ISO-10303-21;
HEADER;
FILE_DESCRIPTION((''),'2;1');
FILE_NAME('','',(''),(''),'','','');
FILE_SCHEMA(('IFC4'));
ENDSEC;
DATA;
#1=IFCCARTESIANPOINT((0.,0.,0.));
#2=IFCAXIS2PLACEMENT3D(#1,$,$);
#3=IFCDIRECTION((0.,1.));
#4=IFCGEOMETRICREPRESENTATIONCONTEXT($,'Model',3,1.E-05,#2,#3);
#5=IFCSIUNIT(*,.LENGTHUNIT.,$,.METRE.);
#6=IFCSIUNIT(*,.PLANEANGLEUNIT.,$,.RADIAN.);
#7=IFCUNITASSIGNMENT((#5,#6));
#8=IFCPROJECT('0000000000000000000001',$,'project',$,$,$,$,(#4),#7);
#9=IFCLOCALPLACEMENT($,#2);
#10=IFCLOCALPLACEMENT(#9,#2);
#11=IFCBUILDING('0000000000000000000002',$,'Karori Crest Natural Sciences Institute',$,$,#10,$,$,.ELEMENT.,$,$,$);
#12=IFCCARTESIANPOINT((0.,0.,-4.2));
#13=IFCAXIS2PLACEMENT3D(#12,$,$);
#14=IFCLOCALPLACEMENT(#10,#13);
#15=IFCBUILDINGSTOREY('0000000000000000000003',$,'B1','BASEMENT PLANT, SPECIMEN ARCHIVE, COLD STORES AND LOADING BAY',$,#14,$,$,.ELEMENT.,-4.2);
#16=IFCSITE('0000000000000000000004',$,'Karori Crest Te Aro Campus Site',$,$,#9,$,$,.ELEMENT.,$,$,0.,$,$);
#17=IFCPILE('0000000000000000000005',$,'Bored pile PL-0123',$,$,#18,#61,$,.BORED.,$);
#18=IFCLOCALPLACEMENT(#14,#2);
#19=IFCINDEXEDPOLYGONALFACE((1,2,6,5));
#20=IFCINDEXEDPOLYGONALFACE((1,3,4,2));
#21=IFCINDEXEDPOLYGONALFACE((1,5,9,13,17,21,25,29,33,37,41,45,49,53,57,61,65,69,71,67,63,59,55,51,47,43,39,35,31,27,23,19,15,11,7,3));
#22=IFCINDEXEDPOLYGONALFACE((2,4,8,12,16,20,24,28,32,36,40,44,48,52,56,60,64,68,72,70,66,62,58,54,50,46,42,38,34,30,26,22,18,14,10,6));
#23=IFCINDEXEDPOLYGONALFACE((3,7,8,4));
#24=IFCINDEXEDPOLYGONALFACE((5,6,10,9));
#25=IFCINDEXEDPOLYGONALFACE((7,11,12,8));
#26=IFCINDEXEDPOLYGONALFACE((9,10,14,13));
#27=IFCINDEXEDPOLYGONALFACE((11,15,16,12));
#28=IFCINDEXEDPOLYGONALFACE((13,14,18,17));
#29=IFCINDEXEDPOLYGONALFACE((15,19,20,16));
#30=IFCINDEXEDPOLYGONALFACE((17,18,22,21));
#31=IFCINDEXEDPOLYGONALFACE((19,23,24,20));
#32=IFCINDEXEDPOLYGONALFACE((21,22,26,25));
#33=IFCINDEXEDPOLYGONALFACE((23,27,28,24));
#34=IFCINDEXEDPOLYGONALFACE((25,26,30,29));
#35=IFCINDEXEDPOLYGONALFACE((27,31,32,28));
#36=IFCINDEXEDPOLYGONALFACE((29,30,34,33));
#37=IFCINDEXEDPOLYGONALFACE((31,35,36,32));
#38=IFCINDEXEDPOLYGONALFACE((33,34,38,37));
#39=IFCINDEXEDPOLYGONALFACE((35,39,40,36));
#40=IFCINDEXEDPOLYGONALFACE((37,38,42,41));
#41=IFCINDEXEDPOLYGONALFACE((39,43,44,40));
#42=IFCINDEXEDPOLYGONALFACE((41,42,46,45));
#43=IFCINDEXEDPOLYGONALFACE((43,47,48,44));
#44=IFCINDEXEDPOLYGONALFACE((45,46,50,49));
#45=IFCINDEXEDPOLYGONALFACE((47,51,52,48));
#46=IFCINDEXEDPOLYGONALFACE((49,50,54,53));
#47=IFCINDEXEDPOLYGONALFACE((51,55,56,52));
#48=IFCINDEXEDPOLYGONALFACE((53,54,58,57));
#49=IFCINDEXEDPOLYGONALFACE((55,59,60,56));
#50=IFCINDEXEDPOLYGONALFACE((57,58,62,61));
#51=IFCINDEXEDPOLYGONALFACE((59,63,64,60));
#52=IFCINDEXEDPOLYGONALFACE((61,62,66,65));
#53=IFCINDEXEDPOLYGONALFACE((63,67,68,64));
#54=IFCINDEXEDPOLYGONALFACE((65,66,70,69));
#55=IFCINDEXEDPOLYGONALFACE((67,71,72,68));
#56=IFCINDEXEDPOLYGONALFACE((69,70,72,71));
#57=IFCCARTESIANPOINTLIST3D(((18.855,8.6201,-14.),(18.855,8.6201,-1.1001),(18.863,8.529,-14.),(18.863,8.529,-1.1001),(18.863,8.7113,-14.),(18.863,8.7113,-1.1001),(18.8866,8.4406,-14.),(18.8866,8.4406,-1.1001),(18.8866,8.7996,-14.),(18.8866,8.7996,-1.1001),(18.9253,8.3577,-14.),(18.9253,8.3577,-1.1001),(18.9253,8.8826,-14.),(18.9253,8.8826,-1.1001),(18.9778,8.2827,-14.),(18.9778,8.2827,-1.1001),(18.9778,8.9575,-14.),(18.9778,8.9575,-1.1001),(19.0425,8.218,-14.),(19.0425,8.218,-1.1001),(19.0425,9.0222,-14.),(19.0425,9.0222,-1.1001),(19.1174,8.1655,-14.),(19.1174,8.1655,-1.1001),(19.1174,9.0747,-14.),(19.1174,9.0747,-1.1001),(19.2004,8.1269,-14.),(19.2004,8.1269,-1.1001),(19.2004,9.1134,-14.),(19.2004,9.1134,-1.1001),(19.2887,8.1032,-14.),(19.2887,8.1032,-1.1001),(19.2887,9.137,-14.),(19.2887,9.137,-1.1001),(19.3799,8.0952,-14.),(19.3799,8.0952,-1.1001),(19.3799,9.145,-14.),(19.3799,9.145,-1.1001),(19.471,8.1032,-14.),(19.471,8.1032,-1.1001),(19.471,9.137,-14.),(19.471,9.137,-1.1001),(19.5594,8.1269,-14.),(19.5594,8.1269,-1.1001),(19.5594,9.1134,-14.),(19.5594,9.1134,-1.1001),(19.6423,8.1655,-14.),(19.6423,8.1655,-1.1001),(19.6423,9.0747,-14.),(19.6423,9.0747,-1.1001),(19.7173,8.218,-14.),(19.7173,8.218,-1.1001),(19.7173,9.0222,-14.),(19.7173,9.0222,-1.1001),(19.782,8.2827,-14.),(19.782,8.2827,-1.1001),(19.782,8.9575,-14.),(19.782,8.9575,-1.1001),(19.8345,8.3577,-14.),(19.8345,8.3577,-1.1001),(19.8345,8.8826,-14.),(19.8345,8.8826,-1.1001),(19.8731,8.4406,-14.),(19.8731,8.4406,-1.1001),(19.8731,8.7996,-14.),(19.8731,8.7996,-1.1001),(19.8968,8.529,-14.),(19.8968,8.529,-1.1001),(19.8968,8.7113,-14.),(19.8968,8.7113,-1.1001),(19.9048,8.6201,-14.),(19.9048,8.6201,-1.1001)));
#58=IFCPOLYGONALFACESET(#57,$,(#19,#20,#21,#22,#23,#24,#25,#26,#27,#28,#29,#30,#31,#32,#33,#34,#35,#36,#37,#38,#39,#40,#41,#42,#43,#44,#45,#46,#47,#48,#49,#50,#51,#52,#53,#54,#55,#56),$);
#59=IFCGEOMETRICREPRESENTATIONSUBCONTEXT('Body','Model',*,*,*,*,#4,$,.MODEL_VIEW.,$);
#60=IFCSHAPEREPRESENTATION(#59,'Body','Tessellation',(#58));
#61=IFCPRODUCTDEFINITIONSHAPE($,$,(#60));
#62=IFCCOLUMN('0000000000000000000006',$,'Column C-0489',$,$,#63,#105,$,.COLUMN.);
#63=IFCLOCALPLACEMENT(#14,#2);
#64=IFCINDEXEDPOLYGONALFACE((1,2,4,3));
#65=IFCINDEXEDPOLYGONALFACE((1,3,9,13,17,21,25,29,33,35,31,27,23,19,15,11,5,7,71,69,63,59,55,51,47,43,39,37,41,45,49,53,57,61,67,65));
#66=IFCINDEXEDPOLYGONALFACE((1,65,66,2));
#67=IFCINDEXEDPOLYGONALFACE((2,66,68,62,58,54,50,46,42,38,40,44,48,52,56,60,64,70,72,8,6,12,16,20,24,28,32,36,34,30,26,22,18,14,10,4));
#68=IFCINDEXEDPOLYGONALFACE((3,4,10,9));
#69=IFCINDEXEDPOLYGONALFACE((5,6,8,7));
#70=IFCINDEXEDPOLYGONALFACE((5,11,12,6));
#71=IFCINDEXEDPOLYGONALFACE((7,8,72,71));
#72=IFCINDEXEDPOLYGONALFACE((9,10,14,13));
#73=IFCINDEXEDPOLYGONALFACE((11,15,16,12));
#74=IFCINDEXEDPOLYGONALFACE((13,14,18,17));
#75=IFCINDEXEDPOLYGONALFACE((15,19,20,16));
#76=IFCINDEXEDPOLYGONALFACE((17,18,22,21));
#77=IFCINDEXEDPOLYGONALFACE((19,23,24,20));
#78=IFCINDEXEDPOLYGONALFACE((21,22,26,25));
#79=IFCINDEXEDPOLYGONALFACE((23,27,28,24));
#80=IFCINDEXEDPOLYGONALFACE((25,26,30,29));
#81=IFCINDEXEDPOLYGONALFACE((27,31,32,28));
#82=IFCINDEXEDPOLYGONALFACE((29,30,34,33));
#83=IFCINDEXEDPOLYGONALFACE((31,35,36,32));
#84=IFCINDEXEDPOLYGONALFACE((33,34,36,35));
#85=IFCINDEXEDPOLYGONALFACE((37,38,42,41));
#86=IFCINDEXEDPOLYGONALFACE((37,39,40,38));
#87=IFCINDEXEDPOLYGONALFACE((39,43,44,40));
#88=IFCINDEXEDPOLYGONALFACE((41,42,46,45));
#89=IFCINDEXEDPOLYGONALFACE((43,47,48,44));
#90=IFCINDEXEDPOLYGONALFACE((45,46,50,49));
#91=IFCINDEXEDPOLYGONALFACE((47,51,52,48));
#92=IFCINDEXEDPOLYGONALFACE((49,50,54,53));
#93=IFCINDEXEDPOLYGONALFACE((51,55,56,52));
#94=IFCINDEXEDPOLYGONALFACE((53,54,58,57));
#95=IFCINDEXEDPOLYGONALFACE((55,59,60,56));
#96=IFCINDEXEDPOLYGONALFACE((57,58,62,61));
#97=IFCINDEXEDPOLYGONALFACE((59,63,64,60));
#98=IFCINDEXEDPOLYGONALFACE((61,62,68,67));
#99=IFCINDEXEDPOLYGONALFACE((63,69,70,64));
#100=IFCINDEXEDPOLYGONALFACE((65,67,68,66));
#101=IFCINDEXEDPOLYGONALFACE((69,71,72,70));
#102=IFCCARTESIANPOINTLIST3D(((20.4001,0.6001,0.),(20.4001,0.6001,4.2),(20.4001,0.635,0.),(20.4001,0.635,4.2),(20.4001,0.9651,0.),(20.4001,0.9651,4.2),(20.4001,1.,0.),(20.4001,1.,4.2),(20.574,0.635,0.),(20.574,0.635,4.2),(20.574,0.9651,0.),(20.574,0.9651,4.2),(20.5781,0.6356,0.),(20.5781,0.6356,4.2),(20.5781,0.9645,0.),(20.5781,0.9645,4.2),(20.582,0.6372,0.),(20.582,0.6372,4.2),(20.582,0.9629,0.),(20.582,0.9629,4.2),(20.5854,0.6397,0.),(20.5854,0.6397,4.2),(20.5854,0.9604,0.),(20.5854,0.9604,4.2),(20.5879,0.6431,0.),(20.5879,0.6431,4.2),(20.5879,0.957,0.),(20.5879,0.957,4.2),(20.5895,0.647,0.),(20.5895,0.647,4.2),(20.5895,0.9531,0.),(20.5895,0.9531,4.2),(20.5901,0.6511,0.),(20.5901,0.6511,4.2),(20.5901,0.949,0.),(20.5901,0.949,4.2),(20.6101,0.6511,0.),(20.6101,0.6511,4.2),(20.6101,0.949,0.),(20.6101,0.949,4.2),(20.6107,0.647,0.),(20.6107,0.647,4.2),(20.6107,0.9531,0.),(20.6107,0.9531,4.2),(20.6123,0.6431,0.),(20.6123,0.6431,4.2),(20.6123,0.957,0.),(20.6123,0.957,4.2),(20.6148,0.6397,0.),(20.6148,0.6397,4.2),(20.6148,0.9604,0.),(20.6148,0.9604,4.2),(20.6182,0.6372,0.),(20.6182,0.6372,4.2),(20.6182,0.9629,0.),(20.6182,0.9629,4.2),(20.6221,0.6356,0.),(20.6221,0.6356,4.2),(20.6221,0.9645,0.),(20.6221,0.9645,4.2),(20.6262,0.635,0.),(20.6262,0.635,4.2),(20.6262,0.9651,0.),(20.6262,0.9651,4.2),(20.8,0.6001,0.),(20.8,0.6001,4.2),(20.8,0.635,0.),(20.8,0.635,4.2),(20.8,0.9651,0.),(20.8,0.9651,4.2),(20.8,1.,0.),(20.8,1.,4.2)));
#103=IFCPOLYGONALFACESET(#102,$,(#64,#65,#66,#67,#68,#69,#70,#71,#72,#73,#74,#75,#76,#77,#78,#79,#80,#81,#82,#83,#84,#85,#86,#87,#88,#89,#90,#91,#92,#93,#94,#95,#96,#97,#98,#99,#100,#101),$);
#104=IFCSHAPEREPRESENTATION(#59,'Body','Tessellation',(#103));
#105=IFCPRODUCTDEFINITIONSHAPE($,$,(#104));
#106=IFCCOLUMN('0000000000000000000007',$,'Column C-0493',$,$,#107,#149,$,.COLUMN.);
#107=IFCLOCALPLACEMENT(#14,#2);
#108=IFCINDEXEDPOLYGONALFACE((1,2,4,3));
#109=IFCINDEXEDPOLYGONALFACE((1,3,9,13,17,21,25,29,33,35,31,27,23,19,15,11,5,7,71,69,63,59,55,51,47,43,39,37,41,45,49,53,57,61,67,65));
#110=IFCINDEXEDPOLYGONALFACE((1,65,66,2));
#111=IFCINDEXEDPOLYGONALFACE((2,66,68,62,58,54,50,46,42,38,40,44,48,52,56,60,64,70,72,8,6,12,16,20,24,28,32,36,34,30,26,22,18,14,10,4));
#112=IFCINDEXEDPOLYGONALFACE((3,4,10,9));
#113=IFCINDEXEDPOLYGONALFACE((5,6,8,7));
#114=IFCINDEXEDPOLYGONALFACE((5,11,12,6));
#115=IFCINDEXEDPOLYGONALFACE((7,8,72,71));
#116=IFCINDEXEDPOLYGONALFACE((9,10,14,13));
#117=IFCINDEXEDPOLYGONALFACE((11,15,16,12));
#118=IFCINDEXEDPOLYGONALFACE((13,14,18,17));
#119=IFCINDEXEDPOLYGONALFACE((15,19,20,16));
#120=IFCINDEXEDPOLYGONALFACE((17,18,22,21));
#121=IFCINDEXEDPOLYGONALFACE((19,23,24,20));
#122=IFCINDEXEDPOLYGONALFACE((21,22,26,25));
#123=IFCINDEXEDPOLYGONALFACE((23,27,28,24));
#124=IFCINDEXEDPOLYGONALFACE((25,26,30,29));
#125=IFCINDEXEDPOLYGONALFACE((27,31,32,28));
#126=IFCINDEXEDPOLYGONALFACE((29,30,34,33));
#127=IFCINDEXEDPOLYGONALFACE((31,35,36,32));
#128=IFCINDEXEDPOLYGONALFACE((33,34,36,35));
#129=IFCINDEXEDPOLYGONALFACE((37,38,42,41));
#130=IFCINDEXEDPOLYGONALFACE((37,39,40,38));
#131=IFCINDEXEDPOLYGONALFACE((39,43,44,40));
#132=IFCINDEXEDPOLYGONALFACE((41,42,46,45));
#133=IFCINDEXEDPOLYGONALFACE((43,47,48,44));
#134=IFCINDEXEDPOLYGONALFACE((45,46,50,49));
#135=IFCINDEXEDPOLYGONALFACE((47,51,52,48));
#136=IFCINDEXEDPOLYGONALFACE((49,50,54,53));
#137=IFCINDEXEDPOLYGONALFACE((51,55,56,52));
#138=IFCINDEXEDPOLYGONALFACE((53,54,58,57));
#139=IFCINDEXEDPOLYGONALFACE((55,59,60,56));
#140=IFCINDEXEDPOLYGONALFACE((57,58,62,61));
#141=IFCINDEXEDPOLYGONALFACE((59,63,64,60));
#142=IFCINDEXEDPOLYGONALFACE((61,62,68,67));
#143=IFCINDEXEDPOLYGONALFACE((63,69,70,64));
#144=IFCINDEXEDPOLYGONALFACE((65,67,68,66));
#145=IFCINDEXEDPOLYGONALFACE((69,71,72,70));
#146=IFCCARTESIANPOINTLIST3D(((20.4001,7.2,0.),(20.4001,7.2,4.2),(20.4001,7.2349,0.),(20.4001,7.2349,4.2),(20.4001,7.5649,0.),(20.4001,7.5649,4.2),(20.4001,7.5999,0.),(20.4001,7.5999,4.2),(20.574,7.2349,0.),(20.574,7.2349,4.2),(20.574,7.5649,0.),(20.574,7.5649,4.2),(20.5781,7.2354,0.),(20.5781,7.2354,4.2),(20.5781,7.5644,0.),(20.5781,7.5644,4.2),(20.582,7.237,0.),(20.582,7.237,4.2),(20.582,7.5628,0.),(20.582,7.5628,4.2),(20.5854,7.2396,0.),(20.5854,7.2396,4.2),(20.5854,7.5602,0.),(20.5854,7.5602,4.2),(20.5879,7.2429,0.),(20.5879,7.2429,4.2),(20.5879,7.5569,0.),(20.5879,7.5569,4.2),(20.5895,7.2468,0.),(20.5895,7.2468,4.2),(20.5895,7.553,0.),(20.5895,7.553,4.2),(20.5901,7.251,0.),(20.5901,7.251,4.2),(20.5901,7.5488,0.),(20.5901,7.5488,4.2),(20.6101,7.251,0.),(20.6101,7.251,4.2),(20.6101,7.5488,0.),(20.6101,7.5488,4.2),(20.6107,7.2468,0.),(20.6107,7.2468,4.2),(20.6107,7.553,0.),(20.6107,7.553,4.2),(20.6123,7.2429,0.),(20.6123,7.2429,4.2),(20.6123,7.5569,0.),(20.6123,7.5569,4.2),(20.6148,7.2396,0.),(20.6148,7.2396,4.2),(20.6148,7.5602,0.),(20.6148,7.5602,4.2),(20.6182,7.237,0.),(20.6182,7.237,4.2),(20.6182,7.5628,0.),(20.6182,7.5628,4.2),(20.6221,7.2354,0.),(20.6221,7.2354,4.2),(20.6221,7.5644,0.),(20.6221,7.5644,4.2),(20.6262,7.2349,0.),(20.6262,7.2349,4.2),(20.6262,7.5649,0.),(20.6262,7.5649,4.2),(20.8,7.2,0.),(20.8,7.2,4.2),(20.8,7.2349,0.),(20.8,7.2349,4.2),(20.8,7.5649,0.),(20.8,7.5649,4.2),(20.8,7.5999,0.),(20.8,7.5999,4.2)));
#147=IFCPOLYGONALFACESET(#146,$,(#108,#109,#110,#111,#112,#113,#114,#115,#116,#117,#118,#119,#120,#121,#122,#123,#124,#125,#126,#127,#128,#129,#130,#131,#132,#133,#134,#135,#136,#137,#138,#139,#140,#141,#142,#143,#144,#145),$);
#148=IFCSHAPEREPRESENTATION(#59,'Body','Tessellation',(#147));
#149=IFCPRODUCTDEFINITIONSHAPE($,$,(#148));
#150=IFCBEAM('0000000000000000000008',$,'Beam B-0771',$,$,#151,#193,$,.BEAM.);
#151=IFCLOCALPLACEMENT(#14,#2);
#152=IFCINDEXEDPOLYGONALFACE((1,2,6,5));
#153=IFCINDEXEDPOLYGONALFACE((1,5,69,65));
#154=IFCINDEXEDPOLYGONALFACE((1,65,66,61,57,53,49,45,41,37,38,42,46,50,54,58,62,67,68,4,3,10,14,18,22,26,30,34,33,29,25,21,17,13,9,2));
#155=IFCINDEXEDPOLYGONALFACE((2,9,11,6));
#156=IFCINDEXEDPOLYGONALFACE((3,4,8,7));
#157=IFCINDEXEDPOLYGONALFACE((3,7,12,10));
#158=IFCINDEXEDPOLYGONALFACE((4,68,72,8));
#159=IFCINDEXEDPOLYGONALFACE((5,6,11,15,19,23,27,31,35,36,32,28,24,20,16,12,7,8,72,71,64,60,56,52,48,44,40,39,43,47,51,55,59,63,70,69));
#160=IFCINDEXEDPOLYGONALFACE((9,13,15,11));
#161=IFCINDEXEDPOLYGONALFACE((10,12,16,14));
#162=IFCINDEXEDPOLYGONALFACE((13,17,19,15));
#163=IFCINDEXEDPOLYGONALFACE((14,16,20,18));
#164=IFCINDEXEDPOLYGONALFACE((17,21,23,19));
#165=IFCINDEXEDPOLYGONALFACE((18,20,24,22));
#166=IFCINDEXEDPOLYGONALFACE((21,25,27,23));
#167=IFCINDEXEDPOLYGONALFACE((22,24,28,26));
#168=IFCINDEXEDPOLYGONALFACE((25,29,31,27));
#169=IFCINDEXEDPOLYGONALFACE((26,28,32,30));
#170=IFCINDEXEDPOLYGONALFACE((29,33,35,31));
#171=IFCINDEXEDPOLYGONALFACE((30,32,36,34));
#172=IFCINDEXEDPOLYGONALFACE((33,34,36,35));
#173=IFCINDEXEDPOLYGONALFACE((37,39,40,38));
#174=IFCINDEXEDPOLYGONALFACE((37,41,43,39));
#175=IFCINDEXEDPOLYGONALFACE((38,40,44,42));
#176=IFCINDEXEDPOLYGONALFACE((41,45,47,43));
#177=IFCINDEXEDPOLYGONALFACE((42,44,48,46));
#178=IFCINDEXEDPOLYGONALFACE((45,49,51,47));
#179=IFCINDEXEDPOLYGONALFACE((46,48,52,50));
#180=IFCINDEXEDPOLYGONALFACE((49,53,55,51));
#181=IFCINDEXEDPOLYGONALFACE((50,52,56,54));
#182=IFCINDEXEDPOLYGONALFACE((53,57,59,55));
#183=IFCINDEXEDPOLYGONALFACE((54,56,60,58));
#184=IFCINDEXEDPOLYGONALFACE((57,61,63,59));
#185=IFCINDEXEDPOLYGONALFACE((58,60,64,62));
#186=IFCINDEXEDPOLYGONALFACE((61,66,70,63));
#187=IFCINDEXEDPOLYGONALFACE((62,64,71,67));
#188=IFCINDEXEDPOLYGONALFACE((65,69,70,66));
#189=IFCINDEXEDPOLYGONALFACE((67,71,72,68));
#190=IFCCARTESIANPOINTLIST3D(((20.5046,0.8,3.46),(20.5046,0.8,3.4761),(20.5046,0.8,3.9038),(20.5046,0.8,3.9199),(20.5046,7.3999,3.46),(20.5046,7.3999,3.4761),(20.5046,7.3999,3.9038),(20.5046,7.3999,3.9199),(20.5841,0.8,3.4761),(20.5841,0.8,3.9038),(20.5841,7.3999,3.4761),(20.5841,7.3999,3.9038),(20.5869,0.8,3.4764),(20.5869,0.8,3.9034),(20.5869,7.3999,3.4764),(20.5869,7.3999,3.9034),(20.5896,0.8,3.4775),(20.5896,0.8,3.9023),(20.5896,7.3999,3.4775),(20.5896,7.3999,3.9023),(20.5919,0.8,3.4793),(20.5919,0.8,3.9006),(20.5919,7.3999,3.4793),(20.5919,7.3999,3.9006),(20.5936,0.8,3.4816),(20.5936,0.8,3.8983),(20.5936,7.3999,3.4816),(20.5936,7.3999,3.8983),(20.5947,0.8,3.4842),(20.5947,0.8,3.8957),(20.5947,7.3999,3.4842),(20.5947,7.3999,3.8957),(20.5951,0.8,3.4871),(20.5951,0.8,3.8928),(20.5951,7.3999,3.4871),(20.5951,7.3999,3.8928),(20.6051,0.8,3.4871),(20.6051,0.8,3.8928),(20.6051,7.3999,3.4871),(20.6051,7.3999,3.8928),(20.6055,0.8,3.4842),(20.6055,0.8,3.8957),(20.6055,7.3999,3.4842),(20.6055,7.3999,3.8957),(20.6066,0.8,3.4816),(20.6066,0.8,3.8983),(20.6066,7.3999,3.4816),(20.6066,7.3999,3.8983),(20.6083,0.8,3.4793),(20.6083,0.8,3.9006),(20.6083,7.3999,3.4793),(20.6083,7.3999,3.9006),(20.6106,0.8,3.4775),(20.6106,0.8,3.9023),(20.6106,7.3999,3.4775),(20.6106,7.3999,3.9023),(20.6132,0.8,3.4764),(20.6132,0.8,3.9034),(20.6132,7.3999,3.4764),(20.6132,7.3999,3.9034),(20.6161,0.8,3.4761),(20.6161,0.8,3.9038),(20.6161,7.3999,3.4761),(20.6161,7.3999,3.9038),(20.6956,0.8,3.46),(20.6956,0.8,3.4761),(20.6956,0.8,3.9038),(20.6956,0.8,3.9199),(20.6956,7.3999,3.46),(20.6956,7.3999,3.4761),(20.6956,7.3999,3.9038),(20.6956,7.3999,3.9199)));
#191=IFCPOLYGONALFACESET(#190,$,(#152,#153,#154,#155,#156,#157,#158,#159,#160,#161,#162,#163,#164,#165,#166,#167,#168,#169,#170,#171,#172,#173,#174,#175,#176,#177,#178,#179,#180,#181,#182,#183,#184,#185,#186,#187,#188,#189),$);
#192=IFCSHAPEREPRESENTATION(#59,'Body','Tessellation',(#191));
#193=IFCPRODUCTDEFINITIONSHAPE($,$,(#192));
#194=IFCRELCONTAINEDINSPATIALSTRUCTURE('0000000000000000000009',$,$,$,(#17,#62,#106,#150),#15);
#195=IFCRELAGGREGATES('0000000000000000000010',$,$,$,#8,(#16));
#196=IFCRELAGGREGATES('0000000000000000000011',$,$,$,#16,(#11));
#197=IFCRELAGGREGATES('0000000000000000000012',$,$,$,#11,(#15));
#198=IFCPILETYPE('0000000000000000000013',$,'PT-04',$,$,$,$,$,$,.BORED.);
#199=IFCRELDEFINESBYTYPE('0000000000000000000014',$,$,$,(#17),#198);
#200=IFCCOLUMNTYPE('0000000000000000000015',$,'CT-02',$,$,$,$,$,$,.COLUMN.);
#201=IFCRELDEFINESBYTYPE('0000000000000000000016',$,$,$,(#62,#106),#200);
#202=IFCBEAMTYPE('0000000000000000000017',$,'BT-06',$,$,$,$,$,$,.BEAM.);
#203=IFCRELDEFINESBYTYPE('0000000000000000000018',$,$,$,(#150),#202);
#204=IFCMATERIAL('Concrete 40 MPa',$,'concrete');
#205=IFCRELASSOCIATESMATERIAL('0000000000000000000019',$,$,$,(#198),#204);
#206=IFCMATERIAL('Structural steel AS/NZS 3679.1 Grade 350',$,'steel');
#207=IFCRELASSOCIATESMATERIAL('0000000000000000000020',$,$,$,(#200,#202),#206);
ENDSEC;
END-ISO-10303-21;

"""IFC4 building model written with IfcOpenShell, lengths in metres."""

from ifc_helpers import new_model, si_unit, direction, frame, origin, origin_2d, place, context, subcontext, project, spatial, circle, i_section, extrude, material, material_profile, profile_set, type_object, element, save


model = new_model("IFC4")

# Units and contexts
model_context = context("Model", 3, precision=1e-05, world=origin(), true_north=direction((0.0, 1.0)))
body_context = subcontext(model_context, "Body", "Model", "MODEL_VIEW")
ifc_project = project(units=[si_unit("LENGTHUNIT", "METRE"), si_unit("PLANEANGLEUNIT", "RADIAN")], contexts=[model_context])

# Site, building, storey
site_placement = place(None, origin())
site = spatial("IfcSite", under=ifc_project, at=site_placement, Name="Karori Crest Te Aro Campus Site", CompositionType="ELEMENT", RefElevation=0.0)
building_placement = place(site_placement, origin())
building = spatial("IfcBuilding", under=site, at=building_placement, Name="Karori Crest Natural Sciences Institute", CompositionType="ELEMENT")
storey_placement = place(building_placement, frame((0.0, 0.0, -4.2)))
storey = spatial("IfcBuildingStorey", under=building, at=storey_placement, Name="B1", Description="BASEMENT PLANT, SPECIMEN ARCHIVE, COLD STORES AND LOADING BAY", CompositionType="ELEMENT", Elevation=-4.2)

# Shared definitions
ifc_material_1 = material(Name="Concrete 40 MPa", Category="concrete")

# Pile
ifc_material_profile_1 = material_profile(ifc_material_1, circle(Radius=0.5249, at=origin_2d()), Name="PILE1050")
ifc_profile_set_1 = profile_set([ifc_material_profile_1], Name="Concrete 40 MPa")
pile_type = type_object("IfcPileType", Name="PT-04", PredefinedType="BORED", material=ifc_profile_set_1)
for number, where, z_axis, x_axis, name in (
    (1, (19.3799, 8.6201, -1.1001), (0.0, 0.0, -1.0), (1.0, 0.0, 0.0), "Bored pile PL-0123"),
):
    element("IfcPile", number, at=place(storey_placement, frame(where, z_axis=z_axis, x_axis=x_axis)), inside=storey, type_object=pile_type, Name=name, PredefinedType="BORED", context=body_context, shape_type="SweptSolid", body=[
        extrude(circle(Radius=0.5249, at=origin_2d()), origin(), (0.0, 0.0, 1.0), 12.8999),
    ])

# Columns
ifc_material_2 = material(Name="Structural steel AS/NZS 3679.1 Grade 350", Category="steel")
ifc_material_profile_2 = material_profile(ifc_material_2, i_section(OverallWidth=0.3999, OverallDepth=0.3999, WebThickness=0.02, FlangeThickness=0.0349, FilletRadius=0.0161, at=origin_2d()), Name="400WC328")
ifc_profile_set_2 = profile_set([ifc_material_profile_2], Name="Structural steel AS/NZS 3679.1 Grade 350")
column_type = type_object("IfcColumnType", Name="CT-02", PredefinedType="COLUMN", material=ifc_profile_set_2)
for number, where, z_axis, x_axis, name in (
    (2, (20.6001, 0.8, 0.0), (0.0, 0.0, 1.0), (1.0, 0.0, 0.0), "Column C-0489"),
    (3, (20.6001, 7.3999, 0.0), (0.0, 0.0, 1.0), (1.0, 0.0, 0.0), "Column C-0493"),
):
    element("IfcColumn", number, at=place(storey_placement, frame(where, z_axis=z_axis, x_axis=x_axis)), inside=storey, type_object=column_type, Name=name, PredefinedType="COLUMN", context=body_context, shape_type="SweptSolid", body=[
        extrude(i_section(OverallWidth=0.3999, OverallDepth=0.3999, WebThickness=0.02, FlangeThickness=0.0349, FilletRadius=0.0161, at=origin_2d()), origin(), (0.0, 0.0, 1.0), 4.2),
    ])

# Beam
ifc_material_profile_3 = material_profile(ifc_material_2, i_section(OverallWidth=0.1909, OverallDepth=0.46, WebThickness=0.01, FlangeThickness=0.0161, FilletRadius=0.011, at=origin_2d()), Name="460UB82.1")
ifc_profile_set_3 = profile_set([ifc_material_profile_3], Name="Structural steel AS/NZS 3679.1 Grade 350")
beam_type_1 = type_object("IfcBeamType", Name="BT-06", PredefinedType="BEAM", material=ifc_profile_set_3)
beam_1_placement = place(storey_placement, frame((20.6001, 0.8, 3.6899), z_axis=(0.0, 1.0, 0.0), x_axis=(-1.0, 0.0, 0.0)))
element("IfcBeam", 4, at=beam_1_placement, inside=storey, type_object=beam_type_1, Name="Beam B-0771", PredefinedType="BEAM", context=body_context, shape_type="SweptSolid", body=[
    extrude(i_section(OverallWidth=0.1909, OverallDepth=0.46, WebThickness=0.01, FlangeThickness=0.0161, FilletRadius=0.011, at=origin_2d()), origin(), (0.0, 0.0, 1.0), 6.5999),
])

save(model, "model.ifc")
